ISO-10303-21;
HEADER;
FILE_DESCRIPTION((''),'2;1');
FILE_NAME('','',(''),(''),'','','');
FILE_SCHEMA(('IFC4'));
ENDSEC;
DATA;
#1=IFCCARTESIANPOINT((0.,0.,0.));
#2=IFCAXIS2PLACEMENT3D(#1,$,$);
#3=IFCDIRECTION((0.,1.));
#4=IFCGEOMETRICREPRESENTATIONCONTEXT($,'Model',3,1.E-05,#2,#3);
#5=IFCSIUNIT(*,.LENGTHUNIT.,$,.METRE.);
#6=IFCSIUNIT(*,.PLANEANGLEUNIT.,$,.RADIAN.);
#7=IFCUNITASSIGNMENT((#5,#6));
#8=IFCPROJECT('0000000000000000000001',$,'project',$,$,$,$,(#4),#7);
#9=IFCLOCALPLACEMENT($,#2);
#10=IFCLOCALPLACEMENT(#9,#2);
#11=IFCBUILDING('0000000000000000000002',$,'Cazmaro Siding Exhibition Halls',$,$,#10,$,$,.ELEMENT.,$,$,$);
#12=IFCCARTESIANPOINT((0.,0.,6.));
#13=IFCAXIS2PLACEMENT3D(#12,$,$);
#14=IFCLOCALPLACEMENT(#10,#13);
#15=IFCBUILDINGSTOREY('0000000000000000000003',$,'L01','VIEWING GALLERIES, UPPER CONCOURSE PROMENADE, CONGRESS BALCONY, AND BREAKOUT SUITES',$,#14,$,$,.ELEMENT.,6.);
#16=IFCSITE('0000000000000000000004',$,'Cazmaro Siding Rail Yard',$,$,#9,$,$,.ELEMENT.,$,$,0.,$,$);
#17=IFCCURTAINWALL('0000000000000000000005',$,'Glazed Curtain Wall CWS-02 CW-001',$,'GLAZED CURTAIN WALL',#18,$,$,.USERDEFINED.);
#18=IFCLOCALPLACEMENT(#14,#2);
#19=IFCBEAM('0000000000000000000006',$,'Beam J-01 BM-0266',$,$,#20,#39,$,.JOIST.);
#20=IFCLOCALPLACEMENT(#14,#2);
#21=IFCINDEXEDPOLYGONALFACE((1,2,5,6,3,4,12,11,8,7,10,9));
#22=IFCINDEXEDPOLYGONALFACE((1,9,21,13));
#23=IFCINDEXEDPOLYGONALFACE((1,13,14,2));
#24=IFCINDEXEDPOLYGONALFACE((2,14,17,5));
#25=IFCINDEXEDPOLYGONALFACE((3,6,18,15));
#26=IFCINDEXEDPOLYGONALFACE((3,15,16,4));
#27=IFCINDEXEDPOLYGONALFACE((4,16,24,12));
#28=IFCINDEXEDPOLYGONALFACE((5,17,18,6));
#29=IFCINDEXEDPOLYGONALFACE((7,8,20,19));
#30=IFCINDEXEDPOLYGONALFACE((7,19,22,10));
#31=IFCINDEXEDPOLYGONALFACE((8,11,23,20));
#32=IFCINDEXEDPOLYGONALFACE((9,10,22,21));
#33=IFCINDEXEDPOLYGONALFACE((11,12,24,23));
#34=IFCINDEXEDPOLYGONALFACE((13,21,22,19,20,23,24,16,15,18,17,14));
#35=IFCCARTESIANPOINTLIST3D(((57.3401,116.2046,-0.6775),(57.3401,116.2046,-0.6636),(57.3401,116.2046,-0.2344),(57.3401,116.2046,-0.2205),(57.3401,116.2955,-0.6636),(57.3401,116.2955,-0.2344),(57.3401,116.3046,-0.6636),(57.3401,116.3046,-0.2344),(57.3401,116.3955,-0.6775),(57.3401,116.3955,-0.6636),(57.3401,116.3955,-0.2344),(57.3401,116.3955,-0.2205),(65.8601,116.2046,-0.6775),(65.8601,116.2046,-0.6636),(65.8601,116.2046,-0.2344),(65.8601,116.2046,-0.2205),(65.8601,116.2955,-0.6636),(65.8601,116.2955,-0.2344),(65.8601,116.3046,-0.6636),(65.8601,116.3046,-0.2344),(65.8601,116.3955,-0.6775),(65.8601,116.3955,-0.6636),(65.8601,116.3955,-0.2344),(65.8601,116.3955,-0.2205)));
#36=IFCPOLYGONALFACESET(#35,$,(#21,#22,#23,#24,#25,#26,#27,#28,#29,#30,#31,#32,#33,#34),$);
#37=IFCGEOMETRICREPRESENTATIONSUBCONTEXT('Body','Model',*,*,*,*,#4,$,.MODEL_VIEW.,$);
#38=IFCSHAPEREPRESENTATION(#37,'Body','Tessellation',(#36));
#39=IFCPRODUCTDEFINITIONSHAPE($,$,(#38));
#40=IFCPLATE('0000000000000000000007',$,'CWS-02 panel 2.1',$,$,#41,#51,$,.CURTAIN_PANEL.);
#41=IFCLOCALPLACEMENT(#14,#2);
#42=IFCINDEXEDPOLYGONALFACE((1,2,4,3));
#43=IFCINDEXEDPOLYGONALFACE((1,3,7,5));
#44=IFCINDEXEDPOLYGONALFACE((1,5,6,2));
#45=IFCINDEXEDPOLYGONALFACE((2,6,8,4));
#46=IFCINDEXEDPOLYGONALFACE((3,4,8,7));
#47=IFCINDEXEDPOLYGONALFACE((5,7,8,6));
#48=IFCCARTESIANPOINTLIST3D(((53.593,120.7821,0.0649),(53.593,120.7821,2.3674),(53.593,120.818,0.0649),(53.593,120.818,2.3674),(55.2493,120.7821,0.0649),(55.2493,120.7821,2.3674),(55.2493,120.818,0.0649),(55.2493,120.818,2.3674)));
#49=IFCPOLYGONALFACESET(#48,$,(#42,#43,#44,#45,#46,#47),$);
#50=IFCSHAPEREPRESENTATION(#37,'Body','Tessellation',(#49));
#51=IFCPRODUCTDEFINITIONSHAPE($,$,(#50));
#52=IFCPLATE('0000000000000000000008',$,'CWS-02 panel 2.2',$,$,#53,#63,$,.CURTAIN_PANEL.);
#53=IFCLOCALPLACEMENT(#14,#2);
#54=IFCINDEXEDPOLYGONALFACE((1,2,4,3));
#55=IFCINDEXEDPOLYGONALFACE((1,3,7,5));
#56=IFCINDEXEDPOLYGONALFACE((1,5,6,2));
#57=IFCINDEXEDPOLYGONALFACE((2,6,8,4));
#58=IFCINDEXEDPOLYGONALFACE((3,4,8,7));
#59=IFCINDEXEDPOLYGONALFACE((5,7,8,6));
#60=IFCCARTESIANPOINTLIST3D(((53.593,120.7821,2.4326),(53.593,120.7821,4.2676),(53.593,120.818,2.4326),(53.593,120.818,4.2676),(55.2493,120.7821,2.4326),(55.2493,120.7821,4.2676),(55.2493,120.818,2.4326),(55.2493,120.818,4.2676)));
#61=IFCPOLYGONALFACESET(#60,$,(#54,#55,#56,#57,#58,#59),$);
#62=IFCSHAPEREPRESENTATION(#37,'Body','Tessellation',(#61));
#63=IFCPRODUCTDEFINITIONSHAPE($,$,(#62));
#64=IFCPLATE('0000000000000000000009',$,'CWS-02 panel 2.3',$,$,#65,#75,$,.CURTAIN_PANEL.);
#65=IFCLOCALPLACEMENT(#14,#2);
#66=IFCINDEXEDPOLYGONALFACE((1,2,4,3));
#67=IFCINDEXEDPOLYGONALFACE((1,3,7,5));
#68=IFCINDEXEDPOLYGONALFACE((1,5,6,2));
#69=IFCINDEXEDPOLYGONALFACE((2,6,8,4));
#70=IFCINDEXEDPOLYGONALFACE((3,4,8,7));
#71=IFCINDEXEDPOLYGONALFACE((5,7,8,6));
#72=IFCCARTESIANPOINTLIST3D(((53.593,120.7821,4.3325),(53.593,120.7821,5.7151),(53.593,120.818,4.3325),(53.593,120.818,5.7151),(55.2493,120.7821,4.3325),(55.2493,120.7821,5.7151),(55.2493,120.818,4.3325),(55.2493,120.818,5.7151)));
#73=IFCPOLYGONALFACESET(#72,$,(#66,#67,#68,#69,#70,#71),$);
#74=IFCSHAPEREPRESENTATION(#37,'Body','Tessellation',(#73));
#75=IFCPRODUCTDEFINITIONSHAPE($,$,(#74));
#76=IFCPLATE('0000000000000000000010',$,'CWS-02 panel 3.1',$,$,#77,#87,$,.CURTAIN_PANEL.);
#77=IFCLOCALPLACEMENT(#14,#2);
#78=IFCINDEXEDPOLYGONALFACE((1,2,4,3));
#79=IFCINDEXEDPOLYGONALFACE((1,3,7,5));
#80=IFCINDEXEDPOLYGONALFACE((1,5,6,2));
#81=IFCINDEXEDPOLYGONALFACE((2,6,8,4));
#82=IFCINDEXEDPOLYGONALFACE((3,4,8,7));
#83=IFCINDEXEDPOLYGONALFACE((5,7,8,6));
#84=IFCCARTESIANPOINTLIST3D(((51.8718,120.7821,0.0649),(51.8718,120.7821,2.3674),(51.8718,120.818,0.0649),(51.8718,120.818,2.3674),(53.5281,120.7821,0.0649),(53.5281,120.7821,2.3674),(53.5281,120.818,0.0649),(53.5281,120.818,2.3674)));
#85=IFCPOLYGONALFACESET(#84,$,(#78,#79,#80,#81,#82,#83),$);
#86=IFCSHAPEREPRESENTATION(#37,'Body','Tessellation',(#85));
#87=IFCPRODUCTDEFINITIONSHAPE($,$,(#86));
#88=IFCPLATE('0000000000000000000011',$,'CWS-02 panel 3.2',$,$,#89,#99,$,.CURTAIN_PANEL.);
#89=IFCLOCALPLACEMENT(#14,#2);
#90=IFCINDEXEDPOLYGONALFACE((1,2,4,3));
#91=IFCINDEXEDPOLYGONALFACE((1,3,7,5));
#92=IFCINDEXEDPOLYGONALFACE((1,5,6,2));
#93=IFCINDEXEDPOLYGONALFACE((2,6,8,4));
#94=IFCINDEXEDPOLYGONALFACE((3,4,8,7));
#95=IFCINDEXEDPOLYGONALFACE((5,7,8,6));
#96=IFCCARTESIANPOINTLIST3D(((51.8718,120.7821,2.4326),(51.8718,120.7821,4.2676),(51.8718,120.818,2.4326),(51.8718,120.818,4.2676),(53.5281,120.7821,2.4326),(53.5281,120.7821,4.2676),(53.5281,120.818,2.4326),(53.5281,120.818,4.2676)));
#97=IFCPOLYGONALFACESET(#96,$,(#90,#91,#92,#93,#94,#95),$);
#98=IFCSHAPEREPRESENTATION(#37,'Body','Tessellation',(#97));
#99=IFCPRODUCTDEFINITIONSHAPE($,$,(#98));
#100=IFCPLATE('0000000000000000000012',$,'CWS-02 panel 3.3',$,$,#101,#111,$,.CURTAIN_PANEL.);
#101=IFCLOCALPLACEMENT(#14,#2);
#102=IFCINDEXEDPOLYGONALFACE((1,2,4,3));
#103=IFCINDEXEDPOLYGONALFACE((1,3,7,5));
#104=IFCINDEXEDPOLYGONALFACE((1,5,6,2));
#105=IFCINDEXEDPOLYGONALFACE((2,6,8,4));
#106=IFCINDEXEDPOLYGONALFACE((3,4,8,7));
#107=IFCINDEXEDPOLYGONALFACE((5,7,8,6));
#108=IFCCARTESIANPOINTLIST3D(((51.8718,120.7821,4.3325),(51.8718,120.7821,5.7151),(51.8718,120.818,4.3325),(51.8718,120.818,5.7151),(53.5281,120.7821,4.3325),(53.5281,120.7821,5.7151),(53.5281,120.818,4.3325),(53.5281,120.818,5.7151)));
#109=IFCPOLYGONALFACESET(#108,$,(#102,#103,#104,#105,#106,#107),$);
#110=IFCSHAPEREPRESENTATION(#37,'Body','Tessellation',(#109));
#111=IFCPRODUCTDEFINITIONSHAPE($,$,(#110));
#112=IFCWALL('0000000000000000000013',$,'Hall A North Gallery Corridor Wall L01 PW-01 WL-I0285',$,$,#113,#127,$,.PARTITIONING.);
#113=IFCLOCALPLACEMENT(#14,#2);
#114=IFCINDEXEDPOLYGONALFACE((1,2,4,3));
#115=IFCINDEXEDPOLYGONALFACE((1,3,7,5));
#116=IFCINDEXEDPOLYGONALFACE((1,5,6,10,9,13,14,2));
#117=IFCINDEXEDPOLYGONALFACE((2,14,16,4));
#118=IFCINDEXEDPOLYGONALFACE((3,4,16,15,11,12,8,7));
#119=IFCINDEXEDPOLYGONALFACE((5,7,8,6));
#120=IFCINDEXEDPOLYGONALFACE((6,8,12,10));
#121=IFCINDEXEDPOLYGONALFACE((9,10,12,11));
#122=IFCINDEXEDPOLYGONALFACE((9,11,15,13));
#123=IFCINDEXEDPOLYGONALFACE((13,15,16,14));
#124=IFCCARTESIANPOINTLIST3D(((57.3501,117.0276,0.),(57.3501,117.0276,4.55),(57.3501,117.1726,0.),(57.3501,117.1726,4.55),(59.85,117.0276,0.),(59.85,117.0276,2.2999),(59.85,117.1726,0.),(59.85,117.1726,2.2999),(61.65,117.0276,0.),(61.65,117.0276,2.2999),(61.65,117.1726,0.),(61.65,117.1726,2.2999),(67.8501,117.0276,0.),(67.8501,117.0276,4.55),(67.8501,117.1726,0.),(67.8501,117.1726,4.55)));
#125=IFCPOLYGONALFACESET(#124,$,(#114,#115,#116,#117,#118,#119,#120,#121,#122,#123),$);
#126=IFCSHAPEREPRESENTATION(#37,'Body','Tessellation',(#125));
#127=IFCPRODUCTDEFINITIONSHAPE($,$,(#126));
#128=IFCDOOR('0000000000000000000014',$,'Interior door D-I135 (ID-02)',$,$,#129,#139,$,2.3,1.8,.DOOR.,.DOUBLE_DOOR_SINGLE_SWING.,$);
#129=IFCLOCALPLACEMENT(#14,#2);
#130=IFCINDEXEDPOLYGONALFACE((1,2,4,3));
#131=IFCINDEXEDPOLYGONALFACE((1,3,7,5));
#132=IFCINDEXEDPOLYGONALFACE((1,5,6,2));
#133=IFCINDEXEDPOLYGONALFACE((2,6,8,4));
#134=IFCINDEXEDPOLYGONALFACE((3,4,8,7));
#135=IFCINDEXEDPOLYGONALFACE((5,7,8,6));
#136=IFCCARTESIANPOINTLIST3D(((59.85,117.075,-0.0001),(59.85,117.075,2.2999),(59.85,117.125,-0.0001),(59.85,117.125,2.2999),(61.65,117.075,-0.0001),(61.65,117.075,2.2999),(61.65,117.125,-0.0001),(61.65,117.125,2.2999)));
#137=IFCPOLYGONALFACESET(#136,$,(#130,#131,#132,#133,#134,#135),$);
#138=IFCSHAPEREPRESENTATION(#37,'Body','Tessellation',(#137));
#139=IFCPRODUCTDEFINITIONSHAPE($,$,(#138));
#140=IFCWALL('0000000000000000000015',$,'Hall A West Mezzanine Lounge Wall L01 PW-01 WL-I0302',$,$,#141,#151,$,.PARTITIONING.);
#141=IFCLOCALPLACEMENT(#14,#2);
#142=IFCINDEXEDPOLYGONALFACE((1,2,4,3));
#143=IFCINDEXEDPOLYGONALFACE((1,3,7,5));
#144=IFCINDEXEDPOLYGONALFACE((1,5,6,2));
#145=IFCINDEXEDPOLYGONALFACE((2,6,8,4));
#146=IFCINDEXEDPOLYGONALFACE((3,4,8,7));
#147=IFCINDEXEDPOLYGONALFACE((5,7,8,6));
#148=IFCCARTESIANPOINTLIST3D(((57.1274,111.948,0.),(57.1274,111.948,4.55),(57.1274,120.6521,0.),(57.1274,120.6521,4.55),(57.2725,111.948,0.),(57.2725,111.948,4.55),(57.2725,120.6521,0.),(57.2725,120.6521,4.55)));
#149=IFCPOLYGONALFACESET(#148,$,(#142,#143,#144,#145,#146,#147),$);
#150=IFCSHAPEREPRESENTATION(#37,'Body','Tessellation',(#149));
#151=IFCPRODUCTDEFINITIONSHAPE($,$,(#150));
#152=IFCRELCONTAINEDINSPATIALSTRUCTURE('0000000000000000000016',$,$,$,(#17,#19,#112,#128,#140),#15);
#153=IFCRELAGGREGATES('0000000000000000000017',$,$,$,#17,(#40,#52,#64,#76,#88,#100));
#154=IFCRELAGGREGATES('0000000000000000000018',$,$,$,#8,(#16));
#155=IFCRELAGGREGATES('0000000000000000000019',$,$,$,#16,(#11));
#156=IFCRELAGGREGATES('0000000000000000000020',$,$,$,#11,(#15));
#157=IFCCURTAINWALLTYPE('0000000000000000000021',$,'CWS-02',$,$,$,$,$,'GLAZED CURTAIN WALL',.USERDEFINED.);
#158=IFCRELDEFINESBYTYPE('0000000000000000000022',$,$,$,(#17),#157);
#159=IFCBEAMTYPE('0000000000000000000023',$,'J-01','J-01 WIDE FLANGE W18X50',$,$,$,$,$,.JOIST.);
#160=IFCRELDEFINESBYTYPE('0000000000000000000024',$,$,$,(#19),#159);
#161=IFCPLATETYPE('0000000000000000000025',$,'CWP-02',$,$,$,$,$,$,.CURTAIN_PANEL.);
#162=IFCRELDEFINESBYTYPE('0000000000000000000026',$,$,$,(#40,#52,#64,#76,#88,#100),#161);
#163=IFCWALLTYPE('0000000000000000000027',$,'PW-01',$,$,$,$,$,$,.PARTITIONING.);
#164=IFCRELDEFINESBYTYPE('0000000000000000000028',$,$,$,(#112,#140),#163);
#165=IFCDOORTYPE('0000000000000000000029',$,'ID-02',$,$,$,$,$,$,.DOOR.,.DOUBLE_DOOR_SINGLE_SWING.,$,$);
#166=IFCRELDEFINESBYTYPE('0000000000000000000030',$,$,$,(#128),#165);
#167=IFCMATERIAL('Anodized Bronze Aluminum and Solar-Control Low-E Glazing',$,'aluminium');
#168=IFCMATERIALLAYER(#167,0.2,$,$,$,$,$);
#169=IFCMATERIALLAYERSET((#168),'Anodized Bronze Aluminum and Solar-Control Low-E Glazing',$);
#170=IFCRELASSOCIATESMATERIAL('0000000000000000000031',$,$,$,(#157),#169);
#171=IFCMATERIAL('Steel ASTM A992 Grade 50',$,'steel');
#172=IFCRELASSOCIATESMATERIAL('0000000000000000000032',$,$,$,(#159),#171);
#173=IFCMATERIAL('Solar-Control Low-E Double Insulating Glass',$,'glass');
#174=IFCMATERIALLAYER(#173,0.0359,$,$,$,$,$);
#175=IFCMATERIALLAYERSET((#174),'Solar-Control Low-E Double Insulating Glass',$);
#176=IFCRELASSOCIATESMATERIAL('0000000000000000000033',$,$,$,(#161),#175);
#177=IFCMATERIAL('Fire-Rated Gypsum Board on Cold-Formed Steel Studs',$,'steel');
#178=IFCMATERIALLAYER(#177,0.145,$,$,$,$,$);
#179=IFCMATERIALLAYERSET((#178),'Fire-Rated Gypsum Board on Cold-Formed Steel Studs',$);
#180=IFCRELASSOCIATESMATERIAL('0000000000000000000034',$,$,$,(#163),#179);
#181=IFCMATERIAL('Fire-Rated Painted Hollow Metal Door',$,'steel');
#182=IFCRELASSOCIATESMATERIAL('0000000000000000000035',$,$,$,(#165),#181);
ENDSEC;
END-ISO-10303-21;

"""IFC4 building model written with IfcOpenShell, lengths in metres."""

from ifc_helpers import new_model, si_unit, direction, frame, frame_2d, origin, origin_2d, place, context, subcontext, project, spatial, rectangle, i_section, extrude, material, layer, layer_set, material_profile, profile_set, type_object, element, fill, aggregate, save


model = new_model("IFC4")

# Units and contexts
model_context = context("Model", 3, precision=1e-05, world=origin(), true_north=direction((0.0, 1.0)))
body_context = subcontext(model_context, "Body", "Model", "MODEL_VIEW")
ifc_project = project(units=[si_unit("LENGTHUNIT", "METRE"), si_unit("PLANEANGLEUNIT", "RADIAN")], contexts=[model_context])

# Site, building, storey
site_placement = place(None, origin())
site = spatial("IfcSite", under=ifc_project, at=site_placement, Name="Cazmaro Siding Rail Yard", CompositionType="ELEMENT", RefElevation=0.0)
building_placement = place(site_placement, origin())
building = spatial("IfcBuilding", under=site, at=building_placement, Name="Cazmaro Siding Exhibition Halls", CompositionType="ELEMENT")
storey_placement = place(building_placement, frame((0.0, 0.0, 6.0)))
storey = spatial("IfcBuildingStorey", under=building, at=storey_placement, Name="L01", Description="VIEWING GALLERIES, UPPER CONCOURSE PROMENADE, CONGRESS BALCONY, AND BREAKOUT SUITES", CompositionType="ELEMENT", Elevation=6.0)

# Curtain wall
ifc_material_1 = material(Name="Anodized Bronze Aluminum and Solar-Control Low-E Glazing", Category="aluminium")
ifc_layer_1 = layer(ifc_material_1, 0.2)
ifc_layer_set_1 = layer_set([ifc_layer_1], Name="Anodized Bronze Aluminum and Solar-Control Low-E Glazing")
curtain_wall_type = type_object("IfcCurtainWallType", Name="CWS-02", ElementType="GLAZED CURTAIN WALL", PredefinedType="USERDEFINED", material=ifc_layer_set_1)
curtain_wall_placement = place(storey_placement, origin())
curtain_wall = element("IfcCurtainWall", 1, at=curtain_wall_placement, inside=storey, type_object=curtain_wall_type, Name="Glazed Curtain Wall CWS-02 CW-001", ObjectType="GLAZED CURTAIN WALL", PredefinedType="USERDEFINED")

# Beam
ifc_material_2 = material(Name="Steel ASTM A992 Grade 50", Category="steel")
ifc_material_profile_1 = material_profile(ifc_material_2, i_section(OverallWidth=0.1909, OverallDepth=0.457, WebThickness=0.009, FlangeThickness=0.0139, at=origin_2d()), Name="W18X50")
ifc_profile_set_1 = profile_set([ifc_material_profile_1], Name="Steel ASTM A992 Grade 50")
beam_type_1 = type_object("IfcBeamType", Name="J-01", Description="J-01 WIDE FLANGE W18X50", PredefinedType="JOIST", material=ifc_profile_set_1)
beam_1_placement = place(storey_placement, frame((57.3401, 116.3, -0.449), z_axis=(1.0, 0.0, 0.0), x_axis=(0.0, 1.0, 0.0)))
element("IfcBeam", 2, at=beam_1_placement, inside=storey, type_object=beam_type_1, Name="Beam J-01 BM-0266", PredefinedType="JOIST", context=body_context, shape_type="SweptSolid", body=[
    extrude(i_section(OverallWidth=0.1909, OverallDepth=0.457, WebThickness=0.009, FlangeThickness=0.0139, at=origin_2d()), origin(), (0.0, 0.0, 1.0), 8.52),
])

# Plates
ifc_material_3 = material(Name="Solar-Control Low-E Double Insulating Glass", Category="glass")
ifc_layer_2 = layer(ifc_material_3, 0.0359)
ifc_layer_set_2 = layer_set([ifc_layer_2], Name="Solar-Control Low-E Double Insulating Glass")
plate_type = type_object("IfcPlateType", Name="CWP-02", PredefinedType="CURTAIN_PANEL", material=ifc_layer_set_2)
plate_1_placement = place(storey_placement, frame((54.4211, 120.8, 0.0649), z_axis=(0.0, 0.0, 1.0), x_axis=(-1.0, 0.0, 0.0)))
plate_1 = element("IfcPlate", 3, at=plate_1_placement, type_object=plate_type, Name="CWS-02 panel 2.1", PredefinedType="CURTAIN_PANEL", context=body_context, shape_type="SweptSolid", body=[
    extrude(rectangle(XDim=1.6562, YDim=0.0359, at=origin_2d()), origin(), (0.0, 0.0, 1.0), 2.3025),
])
plate_2_placement = place(storey_placement, frame((54.4211, 120.8, 2.4326), z_axis=(0.0, 0.0, 1.0), x_axis=(-1.0, 0.0, 0.0)))
plate_2 = element("IfcPlate", 4, at=plate_2_placement, type_object=plate_type, Name="CWS-02 panel 2.2", PredefinedType="CURTAIN_PANEL", context=body_context, shape_type="SweptSolid", body=[
    extrude(rectangle(XDim=1.6562, YDim=0.0359, at=origin_2d()), origin(), (0.0, 0.0, 1.0), 1.835),
])
plate_3_placement = place(storey_placement, frame((54.4211, 120.8, 4.3325), z_axis=(0.0, 0.0, 1.0), x_axis=(-1.0, 0.0, 0.0)))
plate_3 = element("IfcPlate", 5, at=plate_3_placement, type_object=plate_type, Name="CWS-02 panel 2.3", PredefinedType="CURTAIN_PANEL", context=body_context, shape_type="SweptSolid", body=[
    extrude(rectangle(XDim=1.6562, YDim=0.0359, at=origin_2d()), origin(), (0.0, 0.0, 1.0), 1.3826),
])
plate_4_placement = place(storey_placement, frame((52.7, 120.8, 0.0649), z_axis=(0.0, 0.0, 1.0), x_axis=(-1.0, 0.0, 0.0)))
plate_4 = element("IfcPlate", 6, at=plate_4_placement, type_object=plate_type, Name="CWS-02 panel 3.1", PredefinedType="CURTAIN_PANEL", context=body_context, shape_type="SweptSolid", body=[
    extrude(rectangle(XDim=1.6562, YDim=0.0359, at=origin_2d()), origin(), (0.0, 0.0, 1.0), 2.3025),
])
plate_5_placement = place(storey_placement, frame((52.7, 120.8, 2.4326), z_axis=(0.0, 0.0, 1.0), x_axis=(-1.0, 0.0, 0.0)))
plate_5 = element("IfcPlate", 7, at=plate_5_placement, type_object=plate_type, Name="CWS-02 panel 3.2", PredefinedType="CURTAIN_PANEL", context=body_context, shape_type="SweptSolid", body=[
    extrude(rectangle(XDim=1.6562, YDim=0.0359, at=origin_2d()), origin(), (0.0, 0.0, 1.0), 1.835),
])
plate_6_placement = place(storey_placement, frame((52.7, 120.8, 4.3325), z_axis=(0.0, 0.0, 1.0), x_axis=(-1.0, 0.0, 0.0)))
plate_6 = element("IfcPlate", 8, at=plate_6_placement, type_object=plate_type, Name="CWS-02 panel 3.3", PredefinedType="CURTAIN_PANEL", context=body_context, shape_type="SweptSolid", body=[
    extrude(rectangle(XDim=1.6562, YDim=0.0359, at=origin_2d()), origin(), (0.0, 0.0, 1.0), 1.3826),
])
aggregate(curtain_wall, [plate_1, plate_2, plate_3, plate_4, plate_5, plate_6])

# Wall, opening, door
ifc_material_4 = material(Name="Fire-Rated Gypsum Board on Cold-Formed Steel Studs", Category="steel")
ifc_layer_3 = layer(ifc_material_4, 0.145)
ifc_layer_set_3 = layer_set([ifc_layer_3], Name="Fire-Rated Gypsum Board on Cold-Formed Steel Studs")
wall_type = type_object("IfcWallType", Name="PW-01", PredefinedType="PARTITIONING", material=ifc_layer_set_3)
wall_1_placement = place(storey_placement, frame((57.3501, 117.1001, 0.0), z_axis=(0.0, 0.0, 1.0), x_axis=(1.0, 0.0, 0.0)))
wall_1 = element("IfcWall", 9, at=wall_1_placement, inside=storey, type_object=wall_type, Name="Hall A North Gallery Corridor Wall L01 PW-01 WL-I0285", PredefinedType="PARTITIONING", context=body_context, shape_type="SweptSolid", body=[
    extrude(rectangle(XDim=10.5, YDim=0.145, at=frame_2d((5.25, 0.0))), origin(), (0.0, 0.0, 1.0), 4.55),
])
opening_placement = place(wall_1_placement, frame((2.5, 0.0, 0.0)))
opening = element("IfcOpeningElement", 10, at=opening_placement, cuts=wall_1, PredefinedType="OPENING", context=body_context, shape_type="SweptSolid", body=[
    extrude(rectangle(XDim=1.8, YDim=2.3, at=frame_2d((0.8999, 1.1499))), frame((0.0, 0.0825, 0.0), z_axis=(0.0, -1.0, 0.0), x_axis=(1.0, 0.0, 0.0)), (0.0, 0.0, 1.0), 0.165),
])
ifc_material_5 = material(Name="Fire-Rated Painted Hollow Metal Door", Category="steel")
door_type = type_object("IfcDoorType", Name="ID-02", OperationType="DOUBLE_DOOR_SINGLE_SWING", PredefinedType="DOOR", material=ifc_material_5)
door_placement = place(opening_placement, origin())
door = element("IfcDoor", 11, at=door_placement, inside=storey, type_object=door_type, Name="Interior door D-I135 (ID-02)", OperationType="DOUBLE_DOOR_SINGLE_SWING", OverallHeight=2.3, OverallWidth=1.8, PredefinedType="DOOR", context=body_context, shape_type="SweptSolid", body=[
    extrude(rectangle(XDim=1.8, YDim=2.3, at=frame_2d((0.8999, 1.1499))), frame((0.0, 0.0249, 0.0), z_axis=(0.0, -1.0, 0.0), x_axis=(1.0, 0.0, 0.0)), (0.0, 0.0, 1.0), 0.05),
])
fill(opening, door)

# Wall
wall_2_placement = place(storey_placement, frame((57.2, 111.948, 0.0), z_axis=(0.0, 0.0, 1.0), x_axis=(0.0, 1.0, 0.0)))
element("IfcWall", 12, at=wall_2_placement, inside=storey, type_object=wall_type, Name="Hall A West Mezzanine Lounge Wall L01 PW-01 WL-I0302", PredefinedType="PARTITIONING", context=body_context, shape_type="SweptSolid", body=[
    extrude(rectangle(XDim=8.7041, YDim=0.145, at=frame_2d((4.3521, 0.0))), origin(), (0.0, 0.0, 1.0), 4.55),
])

save(model, "model.ifc")
